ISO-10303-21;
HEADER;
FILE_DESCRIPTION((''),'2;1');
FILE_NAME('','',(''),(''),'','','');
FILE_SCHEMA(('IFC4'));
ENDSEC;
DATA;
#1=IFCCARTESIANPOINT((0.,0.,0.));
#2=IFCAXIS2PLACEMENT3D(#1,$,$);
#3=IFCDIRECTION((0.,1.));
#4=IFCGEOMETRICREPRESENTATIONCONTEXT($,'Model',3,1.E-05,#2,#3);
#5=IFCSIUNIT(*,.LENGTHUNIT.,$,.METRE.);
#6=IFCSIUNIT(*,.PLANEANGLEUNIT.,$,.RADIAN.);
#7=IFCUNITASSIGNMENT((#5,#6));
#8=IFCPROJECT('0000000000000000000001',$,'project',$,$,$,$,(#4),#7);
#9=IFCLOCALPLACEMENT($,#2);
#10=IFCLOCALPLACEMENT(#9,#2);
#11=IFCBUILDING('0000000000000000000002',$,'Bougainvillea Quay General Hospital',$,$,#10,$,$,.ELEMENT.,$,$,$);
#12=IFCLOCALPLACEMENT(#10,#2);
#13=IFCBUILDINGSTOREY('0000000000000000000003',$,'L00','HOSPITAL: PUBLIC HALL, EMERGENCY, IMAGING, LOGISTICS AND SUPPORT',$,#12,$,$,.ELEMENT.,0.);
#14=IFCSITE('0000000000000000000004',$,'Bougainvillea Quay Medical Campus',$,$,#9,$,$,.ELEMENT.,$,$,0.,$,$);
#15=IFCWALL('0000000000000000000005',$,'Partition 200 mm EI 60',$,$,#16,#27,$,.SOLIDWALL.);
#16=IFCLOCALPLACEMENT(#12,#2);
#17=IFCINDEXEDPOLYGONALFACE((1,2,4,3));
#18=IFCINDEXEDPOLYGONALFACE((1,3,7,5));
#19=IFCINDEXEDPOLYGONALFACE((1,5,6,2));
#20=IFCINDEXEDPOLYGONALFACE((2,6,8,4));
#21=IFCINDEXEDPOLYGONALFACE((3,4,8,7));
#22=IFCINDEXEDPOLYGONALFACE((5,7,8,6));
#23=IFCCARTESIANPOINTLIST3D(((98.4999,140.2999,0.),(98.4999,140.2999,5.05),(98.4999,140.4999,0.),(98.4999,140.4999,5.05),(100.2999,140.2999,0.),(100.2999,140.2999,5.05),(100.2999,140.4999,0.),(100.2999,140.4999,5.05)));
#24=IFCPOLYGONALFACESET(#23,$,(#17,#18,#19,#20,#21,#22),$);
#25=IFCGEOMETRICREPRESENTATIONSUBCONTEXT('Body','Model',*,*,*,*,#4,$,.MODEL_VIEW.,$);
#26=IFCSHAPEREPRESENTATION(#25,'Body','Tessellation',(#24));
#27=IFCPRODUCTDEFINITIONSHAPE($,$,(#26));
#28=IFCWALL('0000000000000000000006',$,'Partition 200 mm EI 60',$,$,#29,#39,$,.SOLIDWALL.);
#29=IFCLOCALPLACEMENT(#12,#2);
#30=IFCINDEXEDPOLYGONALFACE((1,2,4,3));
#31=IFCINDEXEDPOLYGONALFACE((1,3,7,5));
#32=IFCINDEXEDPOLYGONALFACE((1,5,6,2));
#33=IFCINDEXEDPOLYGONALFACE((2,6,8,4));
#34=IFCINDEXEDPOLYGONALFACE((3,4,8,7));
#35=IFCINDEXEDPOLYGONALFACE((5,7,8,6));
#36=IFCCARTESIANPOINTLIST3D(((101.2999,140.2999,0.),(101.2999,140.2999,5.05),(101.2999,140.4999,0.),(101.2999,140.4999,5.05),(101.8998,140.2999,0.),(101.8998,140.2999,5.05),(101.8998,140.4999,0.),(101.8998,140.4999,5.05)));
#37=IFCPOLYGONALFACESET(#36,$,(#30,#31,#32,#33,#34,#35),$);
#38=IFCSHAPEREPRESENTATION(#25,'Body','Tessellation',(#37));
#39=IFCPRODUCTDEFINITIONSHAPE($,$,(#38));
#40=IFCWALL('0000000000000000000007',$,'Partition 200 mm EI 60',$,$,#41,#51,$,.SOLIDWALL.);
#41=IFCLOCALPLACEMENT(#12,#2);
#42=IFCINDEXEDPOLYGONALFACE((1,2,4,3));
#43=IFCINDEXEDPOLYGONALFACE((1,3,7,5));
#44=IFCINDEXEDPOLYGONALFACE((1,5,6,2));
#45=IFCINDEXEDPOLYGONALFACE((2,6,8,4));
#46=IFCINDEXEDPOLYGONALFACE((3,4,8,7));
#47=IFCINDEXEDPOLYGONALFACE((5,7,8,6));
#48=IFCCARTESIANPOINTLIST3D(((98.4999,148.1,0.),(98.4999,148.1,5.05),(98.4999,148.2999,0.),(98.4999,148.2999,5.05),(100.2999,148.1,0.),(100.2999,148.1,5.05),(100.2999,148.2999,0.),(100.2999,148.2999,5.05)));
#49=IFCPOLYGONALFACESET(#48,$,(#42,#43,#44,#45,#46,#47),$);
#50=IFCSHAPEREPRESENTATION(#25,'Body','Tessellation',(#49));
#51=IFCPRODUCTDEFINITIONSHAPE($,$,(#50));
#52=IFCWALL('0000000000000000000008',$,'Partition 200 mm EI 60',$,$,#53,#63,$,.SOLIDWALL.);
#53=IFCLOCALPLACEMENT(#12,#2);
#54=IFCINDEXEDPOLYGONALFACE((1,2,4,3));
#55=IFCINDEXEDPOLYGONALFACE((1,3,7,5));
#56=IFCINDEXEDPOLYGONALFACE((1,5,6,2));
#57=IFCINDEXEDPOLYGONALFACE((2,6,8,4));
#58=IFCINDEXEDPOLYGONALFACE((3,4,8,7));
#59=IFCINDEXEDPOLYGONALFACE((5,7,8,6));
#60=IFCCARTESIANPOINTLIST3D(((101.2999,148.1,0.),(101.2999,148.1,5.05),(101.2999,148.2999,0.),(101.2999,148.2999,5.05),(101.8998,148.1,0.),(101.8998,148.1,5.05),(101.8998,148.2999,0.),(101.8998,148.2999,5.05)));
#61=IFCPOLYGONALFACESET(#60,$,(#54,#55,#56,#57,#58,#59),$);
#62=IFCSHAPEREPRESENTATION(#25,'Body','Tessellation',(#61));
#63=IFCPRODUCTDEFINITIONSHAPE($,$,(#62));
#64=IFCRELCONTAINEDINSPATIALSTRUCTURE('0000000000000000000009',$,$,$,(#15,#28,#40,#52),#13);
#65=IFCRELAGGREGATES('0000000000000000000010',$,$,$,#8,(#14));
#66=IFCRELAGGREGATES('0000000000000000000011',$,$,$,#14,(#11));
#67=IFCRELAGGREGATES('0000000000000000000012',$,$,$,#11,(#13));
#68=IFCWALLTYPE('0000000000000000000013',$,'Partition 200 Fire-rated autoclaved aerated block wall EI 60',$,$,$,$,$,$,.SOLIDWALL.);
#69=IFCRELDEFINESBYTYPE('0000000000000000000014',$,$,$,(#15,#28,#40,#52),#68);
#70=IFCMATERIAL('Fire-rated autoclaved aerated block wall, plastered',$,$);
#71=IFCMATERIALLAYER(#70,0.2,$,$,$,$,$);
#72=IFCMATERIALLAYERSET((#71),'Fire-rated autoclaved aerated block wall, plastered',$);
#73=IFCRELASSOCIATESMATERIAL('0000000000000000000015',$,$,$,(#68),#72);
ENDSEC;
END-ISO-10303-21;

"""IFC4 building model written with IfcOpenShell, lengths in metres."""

from ifc_helpers import new_model, si_unit, direction, frame, frame_2d, origin, place, context, subcontext, project, spatial, rectangle, extrude, material, layer, layer_set, type_object, element, save


model = new_model("IFC4")

# Units and contexts
model_context = context("Model", 3, precision=1e-05, world=origin(), true_north=direction((0.0, 1.0)))
body_context = subcontext(model_context, "Body", "Model", "MODEL_VIEW")
ifc_project = project(units=[si_unit("LENGTHUNIT", "METRE"), si_unit("PLANEANGLEUNIT", "RADIAN")], contexts=[model_context])

# Site, building, storey
site_placement = place(None, origin())
site = spatial("IfcSite", under=ifc_project, at=site_placement, Name="Bougainvillea Quay Medical Campus", CompositionType="ELEMENT", RefElevation=0.0)
building_placement = place(site_placement, origin())
building = spatial("IfcBuilding", under=site, at=building_placement, Name="Bougainvillea Quay General Hospital", CompositionType="ELEMENT")
storey_placement = place(building_placement, origin())
storey = spatial("IfcBuildingStorey", under=building, at=storey_placement, Name="L00", Description="HOSPITAL: PUBLIC HALL, EMERGENCY, IMAGING, LOGISTICS AND SUPPORT", CompositionType="ELEMENT", Elevation=0.0)

# Shared definitions
ifc_material_1 = material(Name="Fire-rated autoclaved aerated block wall, plastered")
ifc_layer_1 = layer(ifc_material_1, 0.2)
ifc_layer_set_1 = layer_set([ifc_layer_1], Name="Fire-rated autoclaved aerated block wall, plastered")
wall_type_1 = type_object("IfcWallType", Name="Partition 200 Fire-rated autoclaved aerated block wall EI 60", PredefinedType="SOLIDWALL", material=ifc_layer_set_1)

# Walls
wall_1_placement = place(storey_placement, frame((98.5, 140.3999, 0.0), z_axis=(0.0, 0.0, 1.0), x_axis=(1.0, 0.0, 0.0)))
element("IfcWall", 1, at=wall_1_placement, inside=storey, type_object=wall_type_1, Name="Partition 200 mm EI 60", PredefinedType="SOLIDWALL", context=body_context, shape_type="SweptSolid", body=[
    extrude(rectangle(XDim=1.8, YDim=0.2, at=frame_2d((0.8999, 0.0))), origin(), (0.0, 0.0, 1.0), 5.05),
])
wall_2_placement = place(storey_placement, frame((101.3, 140.3999, 0.0), z_axis=(0.0, 0.0, 1.0), x_axis=(1.0, 0.0, 0.0)))
element("IfcWall", 2, at=wall_2_placement, inside=storey, type_object=wall_type_1, Name="Partition 200 mm EI 60", PredefinedType="SOLIDWALL", context=body_context, shape_type="SweptSolid", body=[
    extrude(rectangle(XDim=0.5999, YDim=0.2, at=frame_2d((0.2998, 0.0))), origin(), (0.0, 0.0, 1.0), 5.05),
])
wall_3_placement = place(storey_placement, frame((98.5, 148.2, 0.0), z_axis=(0.0, 0.0, 1.0), x_axis=(1.0, 0.0, 0.0)))
element("IfcWall", 3, at=wall_3_placement, inside=storey, type_object=wall_type_1, Name="Partition 200 mm EI 60", PredefinedType="SOLIDWALL", context=body_context, shape_type="SweptSolid", body=[
    extrude(rectangle(XDim=1.8, YDim=0.2, at=frame_2d((0.8999, 0.0))), origin(), (0.0, 0.0, 1.0), 5.05),
])
wall_4_placement = place(storey_placement, frame((101.3, 148.2, 0.0), z_axis=(0.0, 0.0, 1.0), x_axis=(1.0, 0.0, 0.0)))
element("IfcWall", 4, at=wall_4_placement, inside=storey, type_object=wall_type_1, Name="Partition 200 mm EI 60", PredefinedType="SOLIDWALL", context=body_context, shape_type="SweptSolid", body=[
    extrude(rectangle(XDim=0.5999, YDim=0.2, at=frame_2d((0.2998, 0.0))), origin(), (0.0, 0.0, 1.0), 5.05),
])

save(model, "model.ifc")
